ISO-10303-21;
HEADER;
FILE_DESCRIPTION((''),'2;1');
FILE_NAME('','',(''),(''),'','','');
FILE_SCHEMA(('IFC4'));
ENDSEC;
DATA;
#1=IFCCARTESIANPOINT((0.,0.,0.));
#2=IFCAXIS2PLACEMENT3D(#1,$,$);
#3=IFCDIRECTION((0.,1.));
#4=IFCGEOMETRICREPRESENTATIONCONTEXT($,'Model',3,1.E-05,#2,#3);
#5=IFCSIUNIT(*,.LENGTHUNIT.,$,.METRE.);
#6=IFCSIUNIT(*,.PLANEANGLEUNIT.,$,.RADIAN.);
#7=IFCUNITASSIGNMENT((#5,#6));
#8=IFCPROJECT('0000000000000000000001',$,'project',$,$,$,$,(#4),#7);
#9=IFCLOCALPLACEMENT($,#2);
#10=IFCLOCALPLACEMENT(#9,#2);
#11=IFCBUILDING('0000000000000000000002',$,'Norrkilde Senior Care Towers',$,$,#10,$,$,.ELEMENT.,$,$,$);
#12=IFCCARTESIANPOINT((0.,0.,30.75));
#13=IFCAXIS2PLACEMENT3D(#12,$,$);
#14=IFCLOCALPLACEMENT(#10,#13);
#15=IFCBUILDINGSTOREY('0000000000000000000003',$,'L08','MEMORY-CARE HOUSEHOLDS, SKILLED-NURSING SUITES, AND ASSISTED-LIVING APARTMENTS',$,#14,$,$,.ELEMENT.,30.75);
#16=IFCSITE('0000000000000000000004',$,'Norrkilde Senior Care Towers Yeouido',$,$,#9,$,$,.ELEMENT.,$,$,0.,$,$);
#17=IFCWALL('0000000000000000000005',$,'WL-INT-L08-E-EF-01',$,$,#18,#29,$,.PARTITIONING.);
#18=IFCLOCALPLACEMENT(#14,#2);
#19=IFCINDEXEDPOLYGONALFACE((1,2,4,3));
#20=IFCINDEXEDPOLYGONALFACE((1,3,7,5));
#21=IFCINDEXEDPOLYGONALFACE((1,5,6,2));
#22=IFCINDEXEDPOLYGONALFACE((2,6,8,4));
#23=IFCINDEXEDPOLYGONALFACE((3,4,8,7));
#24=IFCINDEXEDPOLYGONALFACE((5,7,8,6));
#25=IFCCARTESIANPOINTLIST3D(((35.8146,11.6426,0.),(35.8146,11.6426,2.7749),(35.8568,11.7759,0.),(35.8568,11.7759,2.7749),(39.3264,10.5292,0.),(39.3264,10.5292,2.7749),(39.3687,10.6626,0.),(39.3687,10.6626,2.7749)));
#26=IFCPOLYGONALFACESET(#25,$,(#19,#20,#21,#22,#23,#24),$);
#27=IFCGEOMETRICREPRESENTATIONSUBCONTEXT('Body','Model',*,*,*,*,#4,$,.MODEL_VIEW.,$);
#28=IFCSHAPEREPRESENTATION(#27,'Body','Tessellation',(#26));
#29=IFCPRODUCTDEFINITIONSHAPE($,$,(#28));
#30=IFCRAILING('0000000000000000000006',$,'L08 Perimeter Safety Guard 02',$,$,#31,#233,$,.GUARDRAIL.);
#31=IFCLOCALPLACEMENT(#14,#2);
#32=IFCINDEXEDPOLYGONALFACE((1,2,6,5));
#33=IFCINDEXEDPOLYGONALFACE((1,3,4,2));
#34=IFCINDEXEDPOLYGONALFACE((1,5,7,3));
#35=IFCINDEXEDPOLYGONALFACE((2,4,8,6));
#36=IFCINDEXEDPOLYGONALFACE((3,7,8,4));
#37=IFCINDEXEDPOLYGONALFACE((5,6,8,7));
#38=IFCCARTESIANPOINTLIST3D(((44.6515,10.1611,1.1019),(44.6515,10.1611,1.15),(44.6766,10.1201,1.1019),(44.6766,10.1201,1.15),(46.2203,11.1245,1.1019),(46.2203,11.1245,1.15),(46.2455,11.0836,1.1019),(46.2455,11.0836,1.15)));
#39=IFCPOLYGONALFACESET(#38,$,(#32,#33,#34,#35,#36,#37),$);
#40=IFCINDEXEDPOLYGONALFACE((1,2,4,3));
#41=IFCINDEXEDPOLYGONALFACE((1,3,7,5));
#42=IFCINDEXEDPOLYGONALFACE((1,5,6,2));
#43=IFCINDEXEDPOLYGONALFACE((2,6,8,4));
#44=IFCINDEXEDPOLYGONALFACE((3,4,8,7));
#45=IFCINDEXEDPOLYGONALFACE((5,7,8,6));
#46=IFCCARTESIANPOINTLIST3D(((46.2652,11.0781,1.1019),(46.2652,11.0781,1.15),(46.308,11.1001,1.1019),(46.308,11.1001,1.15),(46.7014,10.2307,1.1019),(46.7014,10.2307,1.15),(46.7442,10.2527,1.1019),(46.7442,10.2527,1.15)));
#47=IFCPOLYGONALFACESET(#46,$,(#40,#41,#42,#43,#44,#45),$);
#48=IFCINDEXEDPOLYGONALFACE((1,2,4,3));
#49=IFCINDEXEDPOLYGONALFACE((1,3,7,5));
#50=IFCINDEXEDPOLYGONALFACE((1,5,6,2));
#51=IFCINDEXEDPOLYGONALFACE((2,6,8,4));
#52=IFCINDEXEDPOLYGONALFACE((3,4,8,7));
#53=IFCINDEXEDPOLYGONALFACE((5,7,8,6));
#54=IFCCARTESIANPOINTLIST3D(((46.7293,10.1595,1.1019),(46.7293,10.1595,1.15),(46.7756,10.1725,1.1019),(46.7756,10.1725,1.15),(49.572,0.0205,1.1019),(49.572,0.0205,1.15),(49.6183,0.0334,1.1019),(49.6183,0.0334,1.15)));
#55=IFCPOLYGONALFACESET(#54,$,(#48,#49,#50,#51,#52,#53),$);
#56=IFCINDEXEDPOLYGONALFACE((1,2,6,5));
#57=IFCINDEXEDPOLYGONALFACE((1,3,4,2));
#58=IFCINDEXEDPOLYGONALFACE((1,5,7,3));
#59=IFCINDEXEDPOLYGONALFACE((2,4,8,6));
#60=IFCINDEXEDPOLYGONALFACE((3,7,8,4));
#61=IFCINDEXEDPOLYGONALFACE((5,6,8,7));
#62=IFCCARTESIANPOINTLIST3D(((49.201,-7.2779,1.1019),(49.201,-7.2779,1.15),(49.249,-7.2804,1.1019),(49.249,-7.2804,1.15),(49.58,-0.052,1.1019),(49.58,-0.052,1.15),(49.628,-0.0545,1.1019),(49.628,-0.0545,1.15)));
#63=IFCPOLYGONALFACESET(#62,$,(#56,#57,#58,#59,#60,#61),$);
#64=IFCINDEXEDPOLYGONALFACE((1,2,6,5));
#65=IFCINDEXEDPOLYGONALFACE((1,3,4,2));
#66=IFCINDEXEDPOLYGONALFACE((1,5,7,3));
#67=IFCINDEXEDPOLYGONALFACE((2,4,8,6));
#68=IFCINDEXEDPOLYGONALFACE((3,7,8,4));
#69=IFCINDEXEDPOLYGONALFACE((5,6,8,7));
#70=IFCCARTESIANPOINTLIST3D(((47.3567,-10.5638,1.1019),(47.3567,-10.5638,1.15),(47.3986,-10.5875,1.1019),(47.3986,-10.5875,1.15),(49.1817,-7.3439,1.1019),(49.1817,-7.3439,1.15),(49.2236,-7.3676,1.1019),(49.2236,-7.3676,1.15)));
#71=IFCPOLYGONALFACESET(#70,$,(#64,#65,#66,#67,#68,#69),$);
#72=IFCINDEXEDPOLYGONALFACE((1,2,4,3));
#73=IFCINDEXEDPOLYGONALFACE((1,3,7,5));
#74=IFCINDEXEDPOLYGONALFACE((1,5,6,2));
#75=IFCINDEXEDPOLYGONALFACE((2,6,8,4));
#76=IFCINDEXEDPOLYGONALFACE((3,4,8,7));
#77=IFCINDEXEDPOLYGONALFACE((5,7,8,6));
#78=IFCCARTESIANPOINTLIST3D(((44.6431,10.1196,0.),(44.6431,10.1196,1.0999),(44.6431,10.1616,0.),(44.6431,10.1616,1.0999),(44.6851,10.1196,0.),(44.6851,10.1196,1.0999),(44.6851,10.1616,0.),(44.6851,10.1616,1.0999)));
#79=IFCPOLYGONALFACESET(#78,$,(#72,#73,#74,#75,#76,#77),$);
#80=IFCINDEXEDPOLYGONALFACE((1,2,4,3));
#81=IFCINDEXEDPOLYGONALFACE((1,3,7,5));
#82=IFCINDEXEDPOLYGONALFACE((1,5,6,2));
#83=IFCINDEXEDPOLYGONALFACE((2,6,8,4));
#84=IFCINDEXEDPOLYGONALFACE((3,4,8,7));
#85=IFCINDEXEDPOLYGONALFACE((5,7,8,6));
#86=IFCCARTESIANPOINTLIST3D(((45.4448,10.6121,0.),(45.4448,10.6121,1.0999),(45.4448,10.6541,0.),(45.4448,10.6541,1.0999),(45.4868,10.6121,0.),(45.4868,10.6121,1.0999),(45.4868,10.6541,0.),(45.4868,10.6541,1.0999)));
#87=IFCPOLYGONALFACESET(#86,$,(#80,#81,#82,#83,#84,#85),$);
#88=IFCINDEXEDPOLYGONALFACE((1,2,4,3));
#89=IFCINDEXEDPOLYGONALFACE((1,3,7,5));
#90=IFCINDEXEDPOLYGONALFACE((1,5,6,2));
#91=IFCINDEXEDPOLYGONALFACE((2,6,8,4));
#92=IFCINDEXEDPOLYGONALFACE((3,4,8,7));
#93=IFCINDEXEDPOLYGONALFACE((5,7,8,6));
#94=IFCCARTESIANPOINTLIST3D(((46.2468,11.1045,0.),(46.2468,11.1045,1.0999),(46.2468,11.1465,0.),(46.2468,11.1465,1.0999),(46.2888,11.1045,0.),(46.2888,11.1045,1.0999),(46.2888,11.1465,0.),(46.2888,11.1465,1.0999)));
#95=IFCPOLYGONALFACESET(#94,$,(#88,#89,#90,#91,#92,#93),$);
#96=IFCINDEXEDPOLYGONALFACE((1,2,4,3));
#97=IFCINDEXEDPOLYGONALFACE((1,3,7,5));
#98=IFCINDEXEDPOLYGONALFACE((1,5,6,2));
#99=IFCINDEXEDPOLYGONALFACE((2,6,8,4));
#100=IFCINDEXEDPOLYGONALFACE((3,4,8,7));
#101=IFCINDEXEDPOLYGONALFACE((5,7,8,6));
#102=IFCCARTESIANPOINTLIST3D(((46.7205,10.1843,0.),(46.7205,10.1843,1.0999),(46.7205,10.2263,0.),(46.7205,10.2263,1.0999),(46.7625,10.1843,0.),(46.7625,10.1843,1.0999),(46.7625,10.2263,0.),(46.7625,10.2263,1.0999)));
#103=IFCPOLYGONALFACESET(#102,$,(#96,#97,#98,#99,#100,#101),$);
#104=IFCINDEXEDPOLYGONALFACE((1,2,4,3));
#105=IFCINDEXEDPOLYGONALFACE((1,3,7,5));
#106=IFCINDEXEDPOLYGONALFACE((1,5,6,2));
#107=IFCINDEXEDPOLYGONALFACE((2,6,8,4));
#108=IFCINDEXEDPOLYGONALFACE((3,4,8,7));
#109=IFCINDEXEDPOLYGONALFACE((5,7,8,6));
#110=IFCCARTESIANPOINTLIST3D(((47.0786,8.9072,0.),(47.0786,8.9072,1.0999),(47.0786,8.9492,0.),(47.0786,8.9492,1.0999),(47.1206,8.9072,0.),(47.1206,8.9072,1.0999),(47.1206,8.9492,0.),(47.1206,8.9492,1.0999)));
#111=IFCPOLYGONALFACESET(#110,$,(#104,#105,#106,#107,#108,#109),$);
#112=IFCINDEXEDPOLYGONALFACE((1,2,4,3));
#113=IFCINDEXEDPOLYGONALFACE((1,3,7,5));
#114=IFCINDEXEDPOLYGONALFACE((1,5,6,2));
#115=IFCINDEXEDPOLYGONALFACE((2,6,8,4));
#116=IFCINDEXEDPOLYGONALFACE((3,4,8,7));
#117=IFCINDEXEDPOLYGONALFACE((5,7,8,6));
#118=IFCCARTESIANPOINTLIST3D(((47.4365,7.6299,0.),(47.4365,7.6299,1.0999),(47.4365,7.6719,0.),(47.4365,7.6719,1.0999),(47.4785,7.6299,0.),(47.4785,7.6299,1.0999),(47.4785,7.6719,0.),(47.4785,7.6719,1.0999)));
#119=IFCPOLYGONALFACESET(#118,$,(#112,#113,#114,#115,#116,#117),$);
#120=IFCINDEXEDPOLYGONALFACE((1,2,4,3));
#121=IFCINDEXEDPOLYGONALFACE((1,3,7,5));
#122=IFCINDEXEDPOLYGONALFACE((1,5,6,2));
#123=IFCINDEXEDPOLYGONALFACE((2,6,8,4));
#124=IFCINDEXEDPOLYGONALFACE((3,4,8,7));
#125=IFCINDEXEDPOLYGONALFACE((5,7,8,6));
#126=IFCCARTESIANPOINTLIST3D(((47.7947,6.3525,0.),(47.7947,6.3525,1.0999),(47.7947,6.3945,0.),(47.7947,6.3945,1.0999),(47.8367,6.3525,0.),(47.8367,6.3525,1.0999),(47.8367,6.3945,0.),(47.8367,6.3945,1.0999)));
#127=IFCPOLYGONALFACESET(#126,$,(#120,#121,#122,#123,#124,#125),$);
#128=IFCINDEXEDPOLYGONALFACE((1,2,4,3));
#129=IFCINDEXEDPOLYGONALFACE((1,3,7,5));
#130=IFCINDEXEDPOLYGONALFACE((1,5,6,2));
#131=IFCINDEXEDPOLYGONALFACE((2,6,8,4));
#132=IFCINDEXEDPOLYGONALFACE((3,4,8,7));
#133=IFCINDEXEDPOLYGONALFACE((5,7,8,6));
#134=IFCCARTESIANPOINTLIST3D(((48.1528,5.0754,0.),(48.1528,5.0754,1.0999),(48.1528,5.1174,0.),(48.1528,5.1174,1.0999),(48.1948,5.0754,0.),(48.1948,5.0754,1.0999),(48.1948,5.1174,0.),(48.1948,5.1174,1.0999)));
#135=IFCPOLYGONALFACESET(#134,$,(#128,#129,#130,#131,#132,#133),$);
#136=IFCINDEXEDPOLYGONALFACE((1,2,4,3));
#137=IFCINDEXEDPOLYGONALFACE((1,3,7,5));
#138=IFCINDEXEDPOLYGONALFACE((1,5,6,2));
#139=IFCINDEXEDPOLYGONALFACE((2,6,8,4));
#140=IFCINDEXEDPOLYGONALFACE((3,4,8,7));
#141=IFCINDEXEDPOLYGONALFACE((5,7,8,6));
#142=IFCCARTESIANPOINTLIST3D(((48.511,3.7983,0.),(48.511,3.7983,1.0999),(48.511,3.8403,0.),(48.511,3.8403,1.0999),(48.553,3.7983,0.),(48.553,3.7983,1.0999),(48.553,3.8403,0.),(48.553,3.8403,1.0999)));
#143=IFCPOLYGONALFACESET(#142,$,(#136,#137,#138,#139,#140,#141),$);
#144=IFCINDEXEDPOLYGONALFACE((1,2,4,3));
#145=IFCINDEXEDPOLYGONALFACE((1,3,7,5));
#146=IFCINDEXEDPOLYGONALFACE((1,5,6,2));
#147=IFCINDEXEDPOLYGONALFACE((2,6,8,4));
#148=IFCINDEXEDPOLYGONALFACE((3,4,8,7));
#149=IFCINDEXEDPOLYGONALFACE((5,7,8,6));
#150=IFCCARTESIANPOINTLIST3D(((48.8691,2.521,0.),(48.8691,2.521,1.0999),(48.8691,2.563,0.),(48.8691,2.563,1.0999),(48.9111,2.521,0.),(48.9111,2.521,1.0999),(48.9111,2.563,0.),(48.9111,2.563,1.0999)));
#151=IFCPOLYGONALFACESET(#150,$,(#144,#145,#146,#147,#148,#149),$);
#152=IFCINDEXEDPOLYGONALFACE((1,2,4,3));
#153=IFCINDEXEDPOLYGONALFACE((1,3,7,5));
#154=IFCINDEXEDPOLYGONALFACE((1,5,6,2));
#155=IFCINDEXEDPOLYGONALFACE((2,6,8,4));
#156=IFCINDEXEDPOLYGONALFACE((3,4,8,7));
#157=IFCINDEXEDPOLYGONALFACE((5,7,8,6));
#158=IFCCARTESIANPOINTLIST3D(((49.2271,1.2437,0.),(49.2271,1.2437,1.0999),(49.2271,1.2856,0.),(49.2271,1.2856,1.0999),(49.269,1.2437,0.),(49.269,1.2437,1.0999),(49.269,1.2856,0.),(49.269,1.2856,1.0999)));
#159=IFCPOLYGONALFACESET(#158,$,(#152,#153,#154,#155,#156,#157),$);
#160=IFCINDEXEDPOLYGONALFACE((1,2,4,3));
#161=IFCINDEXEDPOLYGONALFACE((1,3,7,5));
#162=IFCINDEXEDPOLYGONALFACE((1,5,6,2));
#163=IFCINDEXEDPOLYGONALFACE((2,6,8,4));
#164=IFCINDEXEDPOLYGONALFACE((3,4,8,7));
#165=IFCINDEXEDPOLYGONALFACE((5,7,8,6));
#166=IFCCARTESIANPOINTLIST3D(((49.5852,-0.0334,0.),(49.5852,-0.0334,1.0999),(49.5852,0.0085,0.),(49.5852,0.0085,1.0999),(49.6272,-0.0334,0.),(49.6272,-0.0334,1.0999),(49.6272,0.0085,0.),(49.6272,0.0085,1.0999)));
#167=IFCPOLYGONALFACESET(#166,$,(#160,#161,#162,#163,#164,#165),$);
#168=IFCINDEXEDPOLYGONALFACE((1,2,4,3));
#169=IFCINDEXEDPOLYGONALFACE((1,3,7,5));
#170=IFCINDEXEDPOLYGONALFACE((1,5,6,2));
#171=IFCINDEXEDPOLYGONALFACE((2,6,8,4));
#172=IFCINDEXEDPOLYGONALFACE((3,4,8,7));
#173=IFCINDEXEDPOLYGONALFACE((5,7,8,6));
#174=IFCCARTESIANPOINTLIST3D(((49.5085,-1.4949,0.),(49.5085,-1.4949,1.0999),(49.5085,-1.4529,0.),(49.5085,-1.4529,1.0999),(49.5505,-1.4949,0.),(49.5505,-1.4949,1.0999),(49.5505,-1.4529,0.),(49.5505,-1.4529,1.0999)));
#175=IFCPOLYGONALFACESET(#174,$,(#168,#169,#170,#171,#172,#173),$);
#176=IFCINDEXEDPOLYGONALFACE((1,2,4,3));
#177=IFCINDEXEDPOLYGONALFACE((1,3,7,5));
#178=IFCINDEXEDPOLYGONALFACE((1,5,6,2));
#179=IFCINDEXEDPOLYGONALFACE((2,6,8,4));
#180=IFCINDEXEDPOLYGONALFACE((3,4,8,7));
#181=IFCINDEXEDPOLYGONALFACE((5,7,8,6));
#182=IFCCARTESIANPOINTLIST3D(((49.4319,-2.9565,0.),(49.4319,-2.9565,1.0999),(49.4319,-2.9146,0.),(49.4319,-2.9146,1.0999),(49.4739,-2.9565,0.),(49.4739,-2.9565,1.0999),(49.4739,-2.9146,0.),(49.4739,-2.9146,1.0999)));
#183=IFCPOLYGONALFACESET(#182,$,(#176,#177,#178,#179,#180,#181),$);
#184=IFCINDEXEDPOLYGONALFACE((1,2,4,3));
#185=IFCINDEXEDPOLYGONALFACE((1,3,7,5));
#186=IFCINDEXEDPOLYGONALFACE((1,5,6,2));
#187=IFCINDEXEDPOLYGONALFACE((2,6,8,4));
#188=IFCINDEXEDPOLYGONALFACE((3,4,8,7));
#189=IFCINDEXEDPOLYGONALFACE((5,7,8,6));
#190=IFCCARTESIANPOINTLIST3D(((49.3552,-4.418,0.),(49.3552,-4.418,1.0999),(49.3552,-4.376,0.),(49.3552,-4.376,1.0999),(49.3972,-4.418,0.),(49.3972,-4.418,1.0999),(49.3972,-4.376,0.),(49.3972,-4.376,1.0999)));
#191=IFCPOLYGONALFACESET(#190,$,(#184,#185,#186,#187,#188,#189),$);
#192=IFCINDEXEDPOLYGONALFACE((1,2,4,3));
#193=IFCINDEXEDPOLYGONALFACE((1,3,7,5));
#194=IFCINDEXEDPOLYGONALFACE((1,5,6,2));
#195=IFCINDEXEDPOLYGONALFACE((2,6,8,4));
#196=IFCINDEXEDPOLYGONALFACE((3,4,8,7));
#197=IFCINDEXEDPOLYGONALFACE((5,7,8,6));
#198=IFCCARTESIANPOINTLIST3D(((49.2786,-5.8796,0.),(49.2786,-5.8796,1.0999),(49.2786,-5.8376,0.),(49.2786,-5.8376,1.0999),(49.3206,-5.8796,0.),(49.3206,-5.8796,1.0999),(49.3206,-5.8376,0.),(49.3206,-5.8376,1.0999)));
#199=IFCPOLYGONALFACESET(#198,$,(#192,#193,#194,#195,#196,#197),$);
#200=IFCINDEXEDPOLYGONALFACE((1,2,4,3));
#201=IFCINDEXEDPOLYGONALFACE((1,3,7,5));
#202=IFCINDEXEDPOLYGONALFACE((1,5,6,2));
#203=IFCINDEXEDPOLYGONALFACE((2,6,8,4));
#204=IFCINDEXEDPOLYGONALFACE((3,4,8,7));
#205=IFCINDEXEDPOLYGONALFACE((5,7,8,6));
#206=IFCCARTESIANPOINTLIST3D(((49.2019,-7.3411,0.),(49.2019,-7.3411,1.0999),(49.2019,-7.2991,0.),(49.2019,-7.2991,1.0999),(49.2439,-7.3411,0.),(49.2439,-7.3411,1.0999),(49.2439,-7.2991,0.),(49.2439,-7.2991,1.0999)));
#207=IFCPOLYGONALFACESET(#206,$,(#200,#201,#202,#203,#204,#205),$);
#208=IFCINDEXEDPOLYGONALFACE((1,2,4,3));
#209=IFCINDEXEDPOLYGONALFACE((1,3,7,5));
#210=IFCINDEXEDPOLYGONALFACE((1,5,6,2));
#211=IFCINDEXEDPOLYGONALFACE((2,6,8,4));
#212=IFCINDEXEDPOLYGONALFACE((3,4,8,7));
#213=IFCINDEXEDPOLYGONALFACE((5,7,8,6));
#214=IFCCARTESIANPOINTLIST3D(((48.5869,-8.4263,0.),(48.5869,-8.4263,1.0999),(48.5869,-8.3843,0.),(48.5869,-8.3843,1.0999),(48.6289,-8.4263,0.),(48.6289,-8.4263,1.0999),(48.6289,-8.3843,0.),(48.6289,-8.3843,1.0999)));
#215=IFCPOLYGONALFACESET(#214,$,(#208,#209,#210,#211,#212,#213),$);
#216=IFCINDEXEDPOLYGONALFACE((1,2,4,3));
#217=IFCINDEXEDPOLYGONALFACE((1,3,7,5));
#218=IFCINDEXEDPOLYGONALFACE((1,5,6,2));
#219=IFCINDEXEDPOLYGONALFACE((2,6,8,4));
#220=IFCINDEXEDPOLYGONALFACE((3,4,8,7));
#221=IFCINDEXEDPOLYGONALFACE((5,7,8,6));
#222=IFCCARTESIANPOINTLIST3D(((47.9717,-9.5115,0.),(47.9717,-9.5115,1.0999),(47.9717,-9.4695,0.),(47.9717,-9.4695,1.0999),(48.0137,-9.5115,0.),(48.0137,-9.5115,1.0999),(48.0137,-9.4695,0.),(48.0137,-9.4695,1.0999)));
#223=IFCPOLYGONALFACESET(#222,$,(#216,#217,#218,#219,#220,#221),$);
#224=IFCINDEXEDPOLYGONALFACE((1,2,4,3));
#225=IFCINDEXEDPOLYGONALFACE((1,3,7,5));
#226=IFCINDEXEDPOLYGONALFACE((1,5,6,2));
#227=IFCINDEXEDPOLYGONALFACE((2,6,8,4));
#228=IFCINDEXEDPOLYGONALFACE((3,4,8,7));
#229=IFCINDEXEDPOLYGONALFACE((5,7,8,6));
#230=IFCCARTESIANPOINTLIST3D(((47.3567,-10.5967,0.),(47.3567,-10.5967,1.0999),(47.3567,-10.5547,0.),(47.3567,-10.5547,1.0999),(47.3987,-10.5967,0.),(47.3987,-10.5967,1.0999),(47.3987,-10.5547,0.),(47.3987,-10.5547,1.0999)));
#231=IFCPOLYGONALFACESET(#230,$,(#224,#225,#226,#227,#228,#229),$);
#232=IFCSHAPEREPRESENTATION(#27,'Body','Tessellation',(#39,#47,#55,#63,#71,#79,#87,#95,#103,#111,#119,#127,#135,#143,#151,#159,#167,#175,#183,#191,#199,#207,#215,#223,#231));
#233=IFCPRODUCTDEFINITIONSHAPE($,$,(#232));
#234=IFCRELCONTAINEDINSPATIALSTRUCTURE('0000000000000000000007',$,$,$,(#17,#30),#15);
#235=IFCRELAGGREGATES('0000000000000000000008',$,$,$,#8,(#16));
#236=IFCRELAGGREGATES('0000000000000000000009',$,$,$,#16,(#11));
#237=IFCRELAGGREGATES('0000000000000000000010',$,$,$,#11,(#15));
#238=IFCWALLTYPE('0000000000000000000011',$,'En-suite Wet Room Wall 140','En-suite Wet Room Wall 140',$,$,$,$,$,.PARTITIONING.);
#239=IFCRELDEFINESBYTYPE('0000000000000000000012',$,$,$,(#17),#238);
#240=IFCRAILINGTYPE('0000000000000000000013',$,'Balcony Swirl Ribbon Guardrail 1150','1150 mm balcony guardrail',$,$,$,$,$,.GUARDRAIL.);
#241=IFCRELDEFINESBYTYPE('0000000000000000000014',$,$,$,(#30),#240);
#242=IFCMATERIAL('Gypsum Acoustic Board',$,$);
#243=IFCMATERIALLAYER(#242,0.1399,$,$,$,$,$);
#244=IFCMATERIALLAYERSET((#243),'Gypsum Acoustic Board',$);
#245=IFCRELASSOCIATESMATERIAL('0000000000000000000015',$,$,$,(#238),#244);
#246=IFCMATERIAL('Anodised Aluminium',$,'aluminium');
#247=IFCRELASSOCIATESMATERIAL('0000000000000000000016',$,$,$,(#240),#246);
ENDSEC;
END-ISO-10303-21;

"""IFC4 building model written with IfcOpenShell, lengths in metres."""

from ifc_helpers import new_model, si_unit, direction, frame, frame_2d, origin, origin_2d, place, context, subcontext, project, spatial, rectangle, extrude, source, transform, mapped, material, layer, layer_set, type_object, type_shapes, element, save


model = new_model("IFC4")

# Units and contexts
model_context = context("Model", 3, precision=1e-05, world=origin(), true_north=direction((0.0, 1.0)))
body_context = subcontext(model_context, "Body", "Model", "MODEL_VIEW")
ifc_project = project(units=[si_unit("LENGTHUNIT", "METRE"), si_unit("PLANEANGLEUNIT", "RADIAN")], contexts=[model_context])

# Site, building, storey
site_placement = place(None, origin())
site = spatial("IfcSite", under=ifc_project, at=site_placement, Name="Norrkilde Senior Care Towers Yeouido", CompositionType="ELEMENT", RefElevation=0.0)
building_placement = place(site_placement, origin())
building = spatial("IfcBuilding", under=site, at=building_placement, Name="Norrkilde Senior Care Towers", CompositionType="ELEMENT")
storey_placement = place(building_placement, frame((0.0, 0.0, 30.75)))
storey = spatial("IfcBuildingStorey", under=building, at=storey_placement, Name="L08", Description="MEMORY-CARE HOUSEHOLDS, SKILLED-NURSING SUITES, AND ASSISTED-LIVING APARTMENTS", CompositionType="ELEMENT", Elevation=30.75)

# Shared definitions
ifc_material_1 = material(Name="Anodised Aluminium", Category="aluminium")

# Shared definitions
ifc_material_2 = material(Name="Gypsum Acoustic Board")

# Wall
ifc_layer_1 = layer(ifc_material_2, 0.1399)
ifc_layer_set_1 = layer_set([ifc_layer_1], Name="Gypsum Acoustic Board")
wall_type_1 = type_object("IfcWallType", Name="En-suite Wet Room Wall 140", Description="En-suite Wet Room Wall 140", PredefinedType="PARTITIONING", material=ifc_layer_set_1)
shared_shape_1 = source(origin(), body_context, "Body", "SweptSolid", [
    extrude(rectangle(XDim=3.6841, YDim=0.1399, at=frame_2d((1.842, 0.0))), origin(), (0.0, 0.0, 1.0), 2.7749),
])
type_shapes(wall_type_1, [shared_shape_1])
wall_1_placement = place(storey_placement, frame((35.8357, 11.7092, 0.0), z_axis=(0.0, 0.0, 1.0), x_axis=(0.953246, -0.302197, 0.0)))
element("IfcWall", 1, at=wall_1_placement, inside=storey, type_object=wall_type_1, Name="WL-INT-L08-E-EF-01", PredefinedType="PARTITIONING", context=body_context, shape_type="MappedRepresentation", body=[
    mapped(shared_shape_1, transform((0.0, 0.0, 0.0), x_axis=(1.0, 0.0, 0.0), y_axis=(0.0, 1.0, 0.0), z_axis=(0.0, 0.0, 1.0), scale=1.0)),
])

# Railing
railing_type = type_object("IfcRailingType", Name="Balcony Swirl Ribbon Guardrail 1150", Description="1150 mm balcony guardrail", PredefinedType="GUARDRAIL", material=ifc_material_1)
railing_placement = place(storey_placement, frame((44.6641, 10.1406, 0.0)))
element("IfcRailing", 2, at=railing_placement, inside=storey, type_object=railing_type, Name="L08 Perimeter Safety Guard 02", PredefinedType="GUARDRAIL", context=body_context, shape_type="SweptSolid", body=[
    extrude(rectangle(XDim=0.0481, YDim=0.0481, at=origin_2d()), frame((0.0, 0.0, 1.126), z_axis=(0.852148, 0.523301, 0.0), x_axis=(-0.523301, 0.852148, 0.0)), (0.0, 0.0, 1.0), 1.8411),
    extrude(rectangle(XDim=0.0481, YDim=0.0481, at=origin_2d()), frame((1.6226, 0.9485, 1.126), z_axis=(0.457657, -0.889129, 0.0), x_axis=(0.889129, 0.457657, 0.0)), (0.0, 0.0, 1.0), 0.9531),
    extrude(rectangle(XDim=0.0481, YDim=0.0481, at=origin_2d()), frame((2.0884, 0.0254, 1.126), z_axis=(0.269959, -0.962872, 0.0), x_axis=(0.962872, 0.269959, 0.0)), (0.0, 0.0, 1.0), 10.53),
    extrude(rectangle(XDim=0.0481, YDim=0.0481, at=origin_2d()), frame((4.9399, -10.1938, 1.126), z_axis=(-0.05238, -0.998627, 0.0), x_axis=(0.998627, -0.05238, 0.0)), (0.0, 0.0, 1.0), 7.2358),
    extrude(rectangle(XDim=0.0481, YDim=0.0481, at=origin_2d()), frame((4.5386, -17.4963, 1.126), z_axis=(-0.493087, -0.86998, 0.0), x_axis=(0.86998, -0.493087, 0.0)), (0.0, 0.0, 1.0), 3.7012),
    extrude(rectangle(XDim=0.042, YDim=0.042, at=origin_2d()), origin(), (0.0, 0.0, 1.0), 1.0999),
    extrude(rectangle(XDim=0.042, YDim=0.042, at=origin_2d()), frame((0.8018, 0.4924, 0.0)), (0.0, 0.0, 1.0), 1.0999),
    extrude(rectangle(XDim=0.042, YDim=0.042, at=origin_2d()), frame((1.6038, 0.9849, 0.0)), (0.0, 0.0, 1.0), 1.0999),
    extrude(rectangle(XDim=0.042, YDim=0.042, at=origin_2d()), frame((2.0774, 0.0647, 0.0)), (0.0, 0.0, 1.0), 1.0999),
    extrude(rectangle(XDim=0.042, YDim=0.042, at=origin_2d()), frame((2.4355, -1.2124, 0.0)), (0.0, 0.0, 1.0), 1.0999),
    extrude(rectangle(XDim=0.042, YDim=0.042, at=origin_2d()), frame((2.7935, -2.4897, 0.0)), (0.0, 0.0, 1.0), 1.0999),
    extrude(rectangle(XDim=0.042, YDim=0.042, at=origin_2d()), frame((3.1516, -3.7671, 0.0)), (0.0, 0.0, 1.0), 1.0999),
    extrude(rectangle(XDim=0.042, YDim=0.042, at=origin_2d()), frame((3.5098, -5.0442, 0.0)), (0.0, 0.0, 1.0), 1.0999),
    extrude(rectangle(XDim=0.042, YDim=0.042, at=origin_2d()), frame((3.8679, -6.3213, 0.0)), (0.0, 0.0, 1.0), 1.0999),
    extrude(rectangle(XDim=0.042, YDim=0.042, at=origin_2d()), frame((4.2261, -7.5986, 0.0)), (0.0, 0.0, 1.0), 1.0999),
    extrude(rectangle(XDim=0.042, YDim=0.042, at=origin_2d()), frame((4.584, -8.876, 0.0)), (0.0, 0.0, 1.0), 1.0999),
    extrude(rectangle(XDim=0.042, YDim=0.042, at=origin_2d()), frame((4.9421, -10.1531, 0.0)), (0.0, 0.0, 1.0), 1.0999),
    extrude(rectangle(XDim=0.042, YDim=0.042, at=origin_2d()), frame((4.8655, -11.6145, 0.0)), (0.0, 0.0, 1.0), 1.0999),
    extrude(rectangle(XDim=0.042, YDim=0.042, at=origin_2d()), frame((4.7888, -13.0762, 0.0)), (0.0, 0.0, 1.0), 1.0999),
    extrude(rectangle(XDim=0.042, YDim=0.042, at=origin_2d()), frame((4.7122, -14.5376, 0.0)), (0.0, 0.0, 1.0), 1.0999),
    extrude(rectangle(XDim=0.042, YDim=0.042, at=origin_2d()), frame((4.6355, -15.9993, 0.0)), (0.0, 0.0, 1.0), 1.0999),
    extrude(rectangle(XDim=0.042, YDim=0.042, at=origin_2d()), frame((4.5588, -17.4607, 0.0)), (0.0, 0.0, 1.0), 1.0999),
    extrude(rectangle(XDim=0.042, YDim=0.042, at=origin_2d()), frame((3.9438, -18.5459, 0.0)), (0.0, 0.0, 1.0), 1.0999),
    extrude(rectangle(XDim=0.042, YDim=0.042, at=origin_2d()), frame((3.3286, -19.6311, 0.0)), (0.0, 0.0, 1.0), 1.0999),
    extrude(rectangle(XDim=0.042, YDim=0.042, at=origin_2d()), frame((2.7136, -20.7163, 0.0)), (0.0, 0.0, 1.0), 1.0999),
])

save(model, "model.ifc")
